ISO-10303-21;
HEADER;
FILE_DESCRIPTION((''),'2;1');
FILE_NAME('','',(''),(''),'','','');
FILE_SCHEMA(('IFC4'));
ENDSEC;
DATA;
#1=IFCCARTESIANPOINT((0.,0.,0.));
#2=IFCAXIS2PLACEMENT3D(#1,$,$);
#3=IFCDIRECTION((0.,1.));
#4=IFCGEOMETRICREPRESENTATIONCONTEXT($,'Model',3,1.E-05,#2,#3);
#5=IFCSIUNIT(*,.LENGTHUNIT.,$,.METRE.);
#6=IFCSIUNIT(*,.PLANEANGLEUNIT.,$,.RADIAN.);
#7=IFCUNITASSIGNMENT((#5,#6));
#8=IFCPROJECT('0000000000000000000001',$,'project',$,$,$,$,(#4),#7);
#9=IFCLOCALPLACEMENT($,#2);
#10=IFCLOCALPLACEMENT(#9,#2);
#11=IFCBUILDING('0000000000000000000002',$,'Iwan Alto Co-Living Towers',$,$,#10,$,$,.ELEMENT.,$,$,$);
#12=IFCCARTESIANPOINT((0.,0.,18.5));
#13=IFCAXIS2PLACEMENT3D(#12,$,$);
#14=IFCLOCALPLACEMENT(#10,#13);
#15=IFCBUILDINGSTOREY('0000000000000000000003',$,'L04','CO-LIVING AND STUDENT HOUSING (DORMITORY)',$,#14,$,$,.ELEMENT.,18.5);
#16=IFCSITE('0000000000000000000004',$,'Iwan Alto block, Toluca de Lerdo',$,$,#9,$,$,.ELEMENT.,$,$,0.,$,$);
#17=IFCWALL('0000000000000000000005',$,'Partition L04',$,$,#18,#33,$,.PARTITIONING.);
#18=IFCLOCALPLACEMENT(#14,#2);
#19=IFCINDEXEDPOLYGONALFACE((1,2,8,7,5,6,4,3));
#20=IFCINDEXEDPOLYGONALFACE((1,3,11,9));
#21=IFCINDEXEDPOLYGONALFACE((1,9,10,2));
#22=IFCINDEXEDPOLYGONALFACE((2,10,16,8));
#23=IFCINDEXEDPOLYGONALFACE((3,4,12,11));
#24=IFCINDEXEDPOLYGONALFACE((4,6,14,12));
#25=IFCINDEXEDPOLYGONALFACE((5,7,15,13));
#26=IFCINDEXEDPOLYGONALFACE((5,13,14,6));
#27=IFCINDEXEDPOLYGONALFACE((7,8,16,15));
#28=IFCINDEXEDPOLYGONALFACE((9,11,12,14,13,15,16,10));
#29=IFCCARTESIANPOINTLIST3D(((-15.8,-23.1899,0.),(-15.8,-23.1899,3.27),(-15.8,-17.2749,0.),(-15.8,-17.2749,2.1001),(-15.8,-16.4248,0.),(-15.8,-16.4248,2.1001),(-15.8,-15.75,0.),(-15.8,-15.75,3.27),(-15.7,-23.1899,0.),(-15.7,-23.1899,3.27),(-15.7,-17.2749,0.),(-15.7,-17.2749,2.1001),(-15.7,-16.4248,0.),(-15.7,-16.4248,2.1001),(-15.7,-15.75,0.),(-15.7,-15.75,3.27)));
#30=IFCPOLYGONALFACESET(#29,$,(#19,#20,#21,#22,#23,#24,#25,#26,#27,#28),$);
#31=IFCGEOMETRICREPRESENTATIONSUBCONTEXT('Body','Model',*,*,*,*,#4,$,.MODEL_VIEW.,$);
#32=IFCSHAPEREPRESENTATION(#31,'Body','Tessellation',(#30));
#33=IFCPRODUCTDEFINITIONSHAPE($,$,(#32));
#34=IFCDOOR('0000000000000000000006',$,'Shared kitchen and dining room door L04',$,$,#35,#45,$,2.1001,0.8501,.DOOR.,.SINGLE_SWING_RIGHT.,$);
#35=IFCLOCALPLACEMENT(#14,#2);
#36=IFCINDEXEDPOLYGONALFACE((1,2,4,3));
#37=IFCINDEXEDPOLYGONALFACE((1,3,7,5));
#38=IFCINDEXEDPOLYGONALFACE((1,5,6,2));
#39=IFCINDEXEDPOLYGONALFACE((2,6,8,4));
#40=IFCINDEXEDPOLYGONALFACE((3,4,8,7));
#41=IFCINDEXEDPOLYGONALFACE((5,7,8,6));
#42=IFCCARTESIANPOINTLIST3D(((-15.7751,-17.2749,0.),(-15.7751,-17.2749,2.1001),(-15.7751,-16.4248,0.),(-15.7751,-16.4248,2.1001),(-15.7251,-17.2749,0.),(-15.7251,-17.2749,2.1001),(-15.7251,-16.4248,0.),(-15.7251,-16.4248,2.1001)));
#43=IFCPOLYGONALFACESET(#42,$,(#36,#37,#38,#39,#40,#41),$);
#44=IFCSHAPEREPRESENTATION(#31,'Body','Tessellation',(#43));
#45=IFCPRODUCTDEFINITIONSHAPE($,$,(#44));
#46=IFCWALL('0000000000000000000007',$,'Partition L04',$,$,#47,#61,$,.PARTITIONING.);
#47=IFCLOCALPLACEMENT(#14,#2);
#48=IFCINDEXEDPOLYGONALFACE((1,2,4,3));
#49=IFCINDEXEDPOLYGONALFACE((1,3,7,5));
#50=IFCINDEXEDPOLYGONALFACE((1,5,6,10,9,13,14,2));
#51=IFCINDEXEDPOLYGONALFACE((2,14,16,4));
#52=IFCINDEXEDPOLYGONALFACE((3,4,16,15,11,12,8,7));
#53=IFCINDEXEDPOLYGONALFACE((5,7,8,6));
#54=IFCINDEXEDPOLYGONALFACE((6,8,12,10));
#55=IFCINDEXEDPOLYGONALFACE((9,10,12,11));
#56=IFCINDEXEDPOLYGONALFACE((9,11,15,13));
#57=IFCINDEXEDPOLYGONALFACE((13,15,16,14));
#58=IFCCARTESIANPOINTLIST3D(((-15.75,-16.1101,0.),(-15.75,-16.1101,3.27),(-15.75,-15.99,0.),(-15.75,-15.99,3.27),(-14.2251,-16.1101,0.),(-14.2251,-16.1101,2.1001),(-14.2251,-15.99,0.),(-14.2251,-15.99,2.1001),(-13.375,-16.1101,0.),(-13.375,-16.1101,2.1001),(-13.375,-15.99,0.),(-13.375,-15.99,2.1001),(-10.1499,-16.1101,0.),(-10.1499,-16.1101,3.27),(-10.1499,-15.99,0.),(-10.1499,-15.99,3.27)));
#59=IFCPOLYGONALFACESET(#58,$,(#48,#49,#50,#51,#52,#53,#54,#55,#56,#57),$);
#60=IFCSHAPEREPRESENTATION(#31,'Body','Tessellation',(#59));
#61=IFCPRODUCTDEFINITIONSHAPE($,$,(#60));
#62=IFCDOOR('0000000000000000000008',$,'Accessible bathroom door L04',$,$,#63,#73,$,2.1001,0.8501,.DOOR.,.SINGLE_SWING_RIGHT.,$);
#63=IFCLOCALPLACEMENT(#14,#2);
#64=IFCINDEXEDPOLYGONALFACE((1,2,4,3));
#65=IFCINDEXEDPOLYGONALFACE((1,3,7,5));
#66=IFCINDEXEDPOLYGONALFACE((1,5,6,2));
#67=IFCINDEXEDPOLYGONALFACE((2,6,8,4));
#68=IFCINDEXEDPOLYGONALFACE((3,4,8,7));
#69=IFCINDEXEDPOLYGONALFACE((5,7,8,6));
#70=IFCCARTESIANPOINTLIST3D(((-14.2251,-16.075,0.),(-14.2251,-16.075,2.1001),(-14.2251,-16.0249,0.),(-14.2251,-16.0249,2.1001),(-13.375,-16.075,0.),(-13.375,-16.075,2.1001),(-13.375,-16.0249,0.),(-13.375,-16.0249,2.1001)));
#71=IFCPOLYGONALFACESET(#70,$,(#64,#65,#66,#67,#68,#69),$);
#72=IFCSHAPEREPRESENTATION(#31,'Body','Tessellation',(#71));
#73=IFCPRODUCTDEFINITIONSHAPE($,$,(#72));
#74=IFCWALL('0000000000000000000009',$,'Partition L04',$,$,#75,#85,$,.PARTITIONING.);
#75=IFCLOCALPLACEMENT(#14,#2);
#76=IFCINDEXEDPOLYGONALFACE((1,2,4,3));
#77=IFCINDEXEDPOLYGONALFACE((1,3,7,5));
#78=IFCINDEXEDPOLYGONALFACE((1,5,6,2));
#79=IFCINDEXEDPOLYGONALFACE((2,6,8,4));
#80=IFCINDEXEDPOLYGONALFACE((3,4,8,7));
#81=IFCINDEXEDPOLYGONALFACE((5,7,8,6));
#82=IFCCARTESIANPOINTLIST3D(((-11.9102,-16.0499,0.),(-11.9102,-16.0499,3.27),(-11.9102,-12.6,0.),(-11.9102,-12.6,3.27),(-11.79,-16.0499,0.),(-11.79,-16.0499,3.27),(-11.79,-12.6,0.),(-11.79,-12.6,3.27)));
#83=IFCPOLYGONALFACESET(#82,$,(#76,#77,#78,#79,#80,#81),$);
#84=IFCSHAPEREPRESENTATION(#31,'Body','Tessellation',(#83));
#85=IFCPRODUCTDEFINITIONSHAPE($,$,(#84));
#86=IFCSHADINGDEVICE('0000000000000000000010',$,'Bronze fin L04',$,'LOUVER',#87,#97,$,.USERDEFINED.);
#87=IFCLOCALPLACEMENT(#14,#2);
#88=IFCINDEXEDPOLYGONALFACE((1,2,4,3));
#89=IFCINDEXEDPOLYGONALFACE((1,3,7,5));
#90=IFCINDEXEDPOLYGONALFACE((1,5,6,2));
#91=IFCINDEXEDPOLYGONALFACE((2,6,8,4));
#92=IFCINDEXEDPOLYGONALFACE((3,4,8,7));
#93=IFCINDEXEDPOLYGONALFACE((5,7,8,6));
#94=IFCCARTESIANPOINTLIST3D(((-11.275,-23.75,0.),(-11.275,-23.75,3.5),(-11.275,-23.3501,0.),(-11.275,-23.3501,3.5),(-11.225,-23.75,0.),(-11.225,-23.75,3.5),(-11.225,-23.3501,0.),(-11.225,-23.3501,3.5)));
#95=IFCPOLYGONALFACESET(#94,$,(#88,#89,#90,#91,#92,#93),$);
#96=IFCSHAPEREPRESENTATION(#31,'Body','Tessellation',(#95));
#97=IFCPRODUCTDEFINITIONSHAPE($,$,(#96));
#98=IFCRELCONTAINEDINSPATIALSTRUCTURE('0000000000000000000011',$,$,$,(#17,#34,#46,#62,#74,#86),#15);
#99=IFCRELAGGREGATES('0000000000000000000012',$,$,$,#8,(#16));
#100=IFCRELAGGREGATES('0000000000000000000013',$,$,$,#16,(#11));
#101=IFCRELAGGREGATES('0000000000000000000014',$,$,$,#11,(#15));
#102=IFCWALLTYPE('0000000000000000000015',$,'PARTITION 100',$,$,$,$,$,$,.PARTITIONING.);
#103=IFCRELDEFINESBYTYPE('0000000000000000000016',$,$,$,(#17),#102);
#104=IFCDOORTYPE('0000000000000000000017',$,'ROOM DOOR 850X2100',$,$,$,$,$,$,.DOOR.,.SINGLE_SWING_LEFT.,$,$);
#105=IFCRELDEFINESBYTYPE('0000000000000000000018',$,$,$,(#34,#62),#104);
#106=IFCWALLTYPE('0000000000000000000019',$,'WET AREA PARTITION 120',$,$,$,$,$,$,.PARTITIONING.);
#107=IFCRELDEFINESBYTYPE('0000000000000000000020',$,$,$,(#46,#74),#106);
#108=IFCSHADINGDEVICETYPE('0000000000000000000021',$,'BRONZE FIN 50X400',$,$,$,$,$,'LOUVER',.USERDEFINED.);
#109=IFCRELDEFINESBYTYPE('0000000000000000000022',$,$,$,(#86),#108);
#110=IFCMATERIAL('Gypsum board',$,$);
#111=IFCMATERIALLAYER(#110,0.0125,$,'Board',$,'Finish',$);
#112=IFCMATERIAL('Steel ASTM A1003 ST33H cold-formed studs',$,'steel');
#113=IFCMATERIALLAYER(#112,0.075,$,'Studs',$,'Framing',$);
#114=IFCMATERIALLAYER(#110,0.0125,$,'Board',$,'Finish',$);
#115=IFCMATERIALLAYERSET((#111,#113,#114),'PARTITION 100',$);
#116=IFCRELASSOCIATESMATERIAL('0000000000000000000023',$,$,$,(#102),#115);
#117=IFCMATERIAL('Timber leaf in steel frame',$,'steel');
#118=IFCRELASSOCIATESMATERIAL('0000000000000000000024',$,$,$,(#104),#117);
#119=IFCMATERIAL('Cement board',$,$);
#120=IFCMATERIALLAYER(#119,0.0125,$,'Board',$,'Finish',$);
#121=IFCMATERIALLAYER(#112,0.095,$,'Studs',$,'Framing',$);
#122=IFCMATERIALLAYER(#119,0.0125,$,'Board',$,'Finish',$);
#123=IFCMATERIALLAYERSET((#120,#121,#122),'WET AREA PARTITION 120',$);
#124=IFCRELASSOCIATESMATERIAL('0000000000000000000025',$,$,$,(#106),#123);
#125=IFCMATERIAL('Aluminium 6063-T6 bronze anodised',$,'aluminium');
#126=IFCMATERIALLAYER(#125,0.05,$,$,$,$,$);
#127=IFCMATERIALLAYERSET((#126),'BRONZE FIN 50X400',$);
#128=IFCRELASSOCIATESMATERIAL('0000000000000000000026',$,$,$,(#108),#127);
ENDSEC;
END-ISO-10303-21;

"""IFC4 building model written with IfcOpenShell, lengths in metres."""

from ifc_helpers import new_model, si_unit, direction, frame, frame_2d, origin, origin_2d, place, context, subcontext, project, spatial, rectangle, extrude, material, layer, layer_set, type_object, element, fill, save


model = new_model("IFC4")

# Units and contexts
model_context = context("Model", 3, precision=1e-05, world=origin(), true_north=direction((0.0, 1.0)))
body_context = subcontext(model_context, "Body", "Model", "MODEL_VIEW")
ifc_project = project(units=[si_unit("LENGTHUNIT", "METRE"), si_unit("PLANEANGLEUNIT", "RADIAN")], contexts=[model_context])

# Site, building, storey
site_placement = place(None, origin())
site = spatial("IfcSite", under=ifc_project, at=site_placement, Name="Iwan Alto block, Toluca de Lerdo", CompositionType="ELEMENT", RefElevation=0.0)
building_placement = place(site_placement, origin())
building = spatial("IfcBuilding", under=site, at=building_placement, Name="Iwan Alto Co-Living Towers", CompositionType="ELEMENT")
storey_placement = place(building_placement, frame((0.0, 0.0, 18.5)))
storey = spatial("IfcBuildingStorey", under=building, at=storey_placement, Name="L04", Description="CO-LIVING AND STUDENT HOUSING (DORMITORY)", CompositionType="ELEMENT", Elevation=18.5)

# Shared definitions
ifc_material_1 = material(Name="Gypsum board")
ifc_layer_1 = layer(ifc_material_1, 0.0125, Name="Board", Category="Finish")
ifc_material_2 = material(Name="Steel ASTM A1003 ST33H cold-formed studs", Category="steel")
ifc_layer_2 = layer(ifc_material_2, 0.075, Name="Studs", Category="Framing")
ifc_layer_3 = layer(ifc_material_1, 0.0125, Name="Board", Category="Finish")
ifc_layer_set_1 = layer_set([ifc_layer_1, ifc_layer_2, ifc_layer_3], Name="PARTITION 100")
wall_type_1 = type_object("IfcWallType", Name="PARTITION 100", PredefinedType="PARTITIONING", material=ifc_layer_set_1)

# Walls, openings, doors
wall_1_placement = place(storey_placement, frame((-15.75, -23.1899, 0.0), z_axis=(0.0, 0.0, 1.0), x_axis=(0.0, 1.0, 0.0)))
wall_1 = element("IfcWall", 1, at=wall_1_placement, inside=storey, type_object=wall_type_1, Name="Partition L04", PredefinedType="PARTITIONING", context=body_context, shape_type="SweptSolid", body=[
    extrude(rectangle(XDim=7.4399, YDim=0.1001, at=frame_2d((3.72, 0.0))), origin(), (0.0, 0.0, 1.0), 3.27),
])
opening_1_placement = place(wall_1_placement, frame((5.915, 0.0, 0.0)))
opening_1 = element("IfcOpeningElement", 2, at=opening_1_placement, cuts=wall_1, PredefinedType="OPENING", context=body_context, shape_type="SweptSolid", body=[
    extrude(rectangle(XDim=0.8501, YDim=2.1001, at=frame_2d((0.425, 1.05))), frame((0.0, 0.0601, 0.0), z_axis=(0.0, -1.0, 0.0), x_axis=(1.0, 0.0, 0.0)), (0.0, 0.0, 1.0), 0.1201),
])
ifc_material_3 = material(Name="Timber leaf in steel frame", Category="steel")
door_type_1 = type_object("IfcDoorType", Name="ROOM DOOR 850X2100", OperationType="SINGLE_SWING_LEFT", PredefinedType="DOOR", material=ifc_material_3)
door_1_placement = place(opening_1_placement, frame((0.8501, 0.0, 0.0), z_axis=(0.0, 0.0, 1.0), x_axis=(-1.0, 0.0, 0.0)))
door_1 = element("IfcDoor", 3, at=door_1_placement, inside=storey, type_object=door_type_1, Name="Shared kitchen and dining room door L04", OperationType="SINGLE_SWING_RIGHT", OverallHeight=2.1001, OverallWidth=0.8501, PredefinedType="DOOR", context=body_context, shape_type="SweptSolid", body=[
    extrude(rectangle(XDim=0.8501, YDim=2.1001, at=frame_2d((0.425, 1.05))), frame((0.0, 0.0249, 0.0), z_axis=(0.0, -1.0, 0.0), x_axis=(1.0, 0.0, 0.0)), (0.0, 0.0, 1.0), 0.05),
])
fill(opening_1, door_1)
ifc_material_4 = material(Name="Cement board")
ifc_layer_4 = layer(ifc_material_4, 0.0125, Name="Board", Category="Finish")
ifc_layer_5 = layer(ifc_material_2, 0.095, Name="Studs", Category="Framing")
ifc_layer_6 = layer(ifc_material_4, 0.0125, Name="Board", Category="Finish")
ifc_layer_set_2 = layer_set([ifc_layer_4, ifc_layer_5, ifc_layer_6], Name="WET AREA PARTITION 120")
wall_type_2 = type_object("IfcWallType", Name="WET AREA PARTITION 120", PredefinedType="PARTITIONING", material=ifc_layer_set_2)
wall_2_placement = place(storey_placement, frame((-15.75, -16.05, 0.0), z_axis=(0.0, 0.0, 1.0), x_axis=(1.0, 0.0, 0.0)))
wall_2 = element("IfcWall", 4, at=wall_2_placement, inside=storey, type_object=wall_type_2, Name="Partition L04", PredefinedType="PARTITIONING", context=body_context, shape_type="SweptSolid", body=[
    extrude(rectangle(XDim=5.6001, YDim=0.1201, at=frame_2d((2.8, 0.0))), origin(), (0.0, 0.0, 1.0), 3.27),
])
opening_2_placement = place(wall_2_placement, frame((1.5249, 0.0, 0.0)))
opening_2 = element("IfcOpeningElement", 5, at=opening_2_placement, cuts=wall_2, PredefinedType="OPENING", context=body_context, shape_type="SweptSolid", body=[
    extrude(rectangle(XDim=0.8501, YDim=2.1001, at=frame_2d((0.425, 1.05))), frame((0.0, 0.0701, 0.0), z_axis=(0.0, -1.0, 0.0), x_axis=(1.0, 0.0, 0.0)), (0.0, 0.0, 1.0), 0.1401),
])
door_2_placement = place(opening_2_placement, frame((0.8501, 0.0, 0.0), z_axis=(0.0, 0.0, 1.0), x_axis=(-1.0, 0.0, 0.0)))
door_2 = element("IfcDoor", 6, at=door_2_placement, inside=storey, type_object=door_type_1, Name="Accessible bathroom door L04", OperationType="SINGLE_SWING_RIGHT", OverallHeight=2.1001, OverallWidth=0.8501, PredefinedType="DOOR", context=body_context, shape_type="SweptSolid", body=[
    extrude(rectangle(XDim=0.8501, YDim=2.1001, at=frame_2d((0.425, 1.05))), frame((0.0, 0.0249, 0.0), z_axis=(0.0, -1.0, 0.0), x_axis=(1.0, 0.0, 0.0)), (0.0, 0.0, 1.0), 0.05),
])
fill(opening_2, door_2)

# Wall
wall_3_placement = place(storey_placement, frame((-11.8501, -16.05, 0.0), z_axis=(0.0, 0.0, 1.0), x_axis=(0.0, 1.0, 0.0)))
element("IfcWall", 7, at=wall_3_placement, inside=storey, type_object=wall_type_2, Name="Partition L04", PredefinedType="PARTITIONING", context=body_context, shape_type="SweptSolid", body=[
    extrude(rectangle(XDim=3.45, YDim=0.1201, at=frame_2d((1.7251, 0.0))), origin(), (0.0, 0.0, 1.0), 3.27),
])

# Shading device
ifc_material_5 = material(Name="Aluminium 6063-T6 bronze anodised", Category="aluminium")
ifc_layer_7 = layer(ifc_material_5, 0.05)
ifc_layer_set_3 = layer_set([ifc_layer_7], Name="BRONZE FIN 50X400")
shading_device_type = type_object("IfcShadingDeviceType", Name="BRONZE FIN 50X400", ElementType="LOUVER", PredefinedType="USERDEFINED", material=ifc_layer_set_3)
shading_device_placement = place(storey_placement, frame((-11.25, -23.55, 0.0), z_axis=(0.0, 0.0, 1.0), x_axis=(1.0, 0.0, 0.0)))
element("IfcShadingDevice", 8, at=shading_device_placement, inside=storey, type_object=shading_device_type, Name="Bronze fin L04", ObjectType="LOUVER", PredefinedType="USERDEFINED", context=body_context, shape_type="SweptSolid", body=[
    extrude(rectangle(XDim=0.05, YDim=0.3999, at=origin_2d()), origin(), (0.0, 0.0, 1.0), 3.5),
])

save(model, "model.ifc")
